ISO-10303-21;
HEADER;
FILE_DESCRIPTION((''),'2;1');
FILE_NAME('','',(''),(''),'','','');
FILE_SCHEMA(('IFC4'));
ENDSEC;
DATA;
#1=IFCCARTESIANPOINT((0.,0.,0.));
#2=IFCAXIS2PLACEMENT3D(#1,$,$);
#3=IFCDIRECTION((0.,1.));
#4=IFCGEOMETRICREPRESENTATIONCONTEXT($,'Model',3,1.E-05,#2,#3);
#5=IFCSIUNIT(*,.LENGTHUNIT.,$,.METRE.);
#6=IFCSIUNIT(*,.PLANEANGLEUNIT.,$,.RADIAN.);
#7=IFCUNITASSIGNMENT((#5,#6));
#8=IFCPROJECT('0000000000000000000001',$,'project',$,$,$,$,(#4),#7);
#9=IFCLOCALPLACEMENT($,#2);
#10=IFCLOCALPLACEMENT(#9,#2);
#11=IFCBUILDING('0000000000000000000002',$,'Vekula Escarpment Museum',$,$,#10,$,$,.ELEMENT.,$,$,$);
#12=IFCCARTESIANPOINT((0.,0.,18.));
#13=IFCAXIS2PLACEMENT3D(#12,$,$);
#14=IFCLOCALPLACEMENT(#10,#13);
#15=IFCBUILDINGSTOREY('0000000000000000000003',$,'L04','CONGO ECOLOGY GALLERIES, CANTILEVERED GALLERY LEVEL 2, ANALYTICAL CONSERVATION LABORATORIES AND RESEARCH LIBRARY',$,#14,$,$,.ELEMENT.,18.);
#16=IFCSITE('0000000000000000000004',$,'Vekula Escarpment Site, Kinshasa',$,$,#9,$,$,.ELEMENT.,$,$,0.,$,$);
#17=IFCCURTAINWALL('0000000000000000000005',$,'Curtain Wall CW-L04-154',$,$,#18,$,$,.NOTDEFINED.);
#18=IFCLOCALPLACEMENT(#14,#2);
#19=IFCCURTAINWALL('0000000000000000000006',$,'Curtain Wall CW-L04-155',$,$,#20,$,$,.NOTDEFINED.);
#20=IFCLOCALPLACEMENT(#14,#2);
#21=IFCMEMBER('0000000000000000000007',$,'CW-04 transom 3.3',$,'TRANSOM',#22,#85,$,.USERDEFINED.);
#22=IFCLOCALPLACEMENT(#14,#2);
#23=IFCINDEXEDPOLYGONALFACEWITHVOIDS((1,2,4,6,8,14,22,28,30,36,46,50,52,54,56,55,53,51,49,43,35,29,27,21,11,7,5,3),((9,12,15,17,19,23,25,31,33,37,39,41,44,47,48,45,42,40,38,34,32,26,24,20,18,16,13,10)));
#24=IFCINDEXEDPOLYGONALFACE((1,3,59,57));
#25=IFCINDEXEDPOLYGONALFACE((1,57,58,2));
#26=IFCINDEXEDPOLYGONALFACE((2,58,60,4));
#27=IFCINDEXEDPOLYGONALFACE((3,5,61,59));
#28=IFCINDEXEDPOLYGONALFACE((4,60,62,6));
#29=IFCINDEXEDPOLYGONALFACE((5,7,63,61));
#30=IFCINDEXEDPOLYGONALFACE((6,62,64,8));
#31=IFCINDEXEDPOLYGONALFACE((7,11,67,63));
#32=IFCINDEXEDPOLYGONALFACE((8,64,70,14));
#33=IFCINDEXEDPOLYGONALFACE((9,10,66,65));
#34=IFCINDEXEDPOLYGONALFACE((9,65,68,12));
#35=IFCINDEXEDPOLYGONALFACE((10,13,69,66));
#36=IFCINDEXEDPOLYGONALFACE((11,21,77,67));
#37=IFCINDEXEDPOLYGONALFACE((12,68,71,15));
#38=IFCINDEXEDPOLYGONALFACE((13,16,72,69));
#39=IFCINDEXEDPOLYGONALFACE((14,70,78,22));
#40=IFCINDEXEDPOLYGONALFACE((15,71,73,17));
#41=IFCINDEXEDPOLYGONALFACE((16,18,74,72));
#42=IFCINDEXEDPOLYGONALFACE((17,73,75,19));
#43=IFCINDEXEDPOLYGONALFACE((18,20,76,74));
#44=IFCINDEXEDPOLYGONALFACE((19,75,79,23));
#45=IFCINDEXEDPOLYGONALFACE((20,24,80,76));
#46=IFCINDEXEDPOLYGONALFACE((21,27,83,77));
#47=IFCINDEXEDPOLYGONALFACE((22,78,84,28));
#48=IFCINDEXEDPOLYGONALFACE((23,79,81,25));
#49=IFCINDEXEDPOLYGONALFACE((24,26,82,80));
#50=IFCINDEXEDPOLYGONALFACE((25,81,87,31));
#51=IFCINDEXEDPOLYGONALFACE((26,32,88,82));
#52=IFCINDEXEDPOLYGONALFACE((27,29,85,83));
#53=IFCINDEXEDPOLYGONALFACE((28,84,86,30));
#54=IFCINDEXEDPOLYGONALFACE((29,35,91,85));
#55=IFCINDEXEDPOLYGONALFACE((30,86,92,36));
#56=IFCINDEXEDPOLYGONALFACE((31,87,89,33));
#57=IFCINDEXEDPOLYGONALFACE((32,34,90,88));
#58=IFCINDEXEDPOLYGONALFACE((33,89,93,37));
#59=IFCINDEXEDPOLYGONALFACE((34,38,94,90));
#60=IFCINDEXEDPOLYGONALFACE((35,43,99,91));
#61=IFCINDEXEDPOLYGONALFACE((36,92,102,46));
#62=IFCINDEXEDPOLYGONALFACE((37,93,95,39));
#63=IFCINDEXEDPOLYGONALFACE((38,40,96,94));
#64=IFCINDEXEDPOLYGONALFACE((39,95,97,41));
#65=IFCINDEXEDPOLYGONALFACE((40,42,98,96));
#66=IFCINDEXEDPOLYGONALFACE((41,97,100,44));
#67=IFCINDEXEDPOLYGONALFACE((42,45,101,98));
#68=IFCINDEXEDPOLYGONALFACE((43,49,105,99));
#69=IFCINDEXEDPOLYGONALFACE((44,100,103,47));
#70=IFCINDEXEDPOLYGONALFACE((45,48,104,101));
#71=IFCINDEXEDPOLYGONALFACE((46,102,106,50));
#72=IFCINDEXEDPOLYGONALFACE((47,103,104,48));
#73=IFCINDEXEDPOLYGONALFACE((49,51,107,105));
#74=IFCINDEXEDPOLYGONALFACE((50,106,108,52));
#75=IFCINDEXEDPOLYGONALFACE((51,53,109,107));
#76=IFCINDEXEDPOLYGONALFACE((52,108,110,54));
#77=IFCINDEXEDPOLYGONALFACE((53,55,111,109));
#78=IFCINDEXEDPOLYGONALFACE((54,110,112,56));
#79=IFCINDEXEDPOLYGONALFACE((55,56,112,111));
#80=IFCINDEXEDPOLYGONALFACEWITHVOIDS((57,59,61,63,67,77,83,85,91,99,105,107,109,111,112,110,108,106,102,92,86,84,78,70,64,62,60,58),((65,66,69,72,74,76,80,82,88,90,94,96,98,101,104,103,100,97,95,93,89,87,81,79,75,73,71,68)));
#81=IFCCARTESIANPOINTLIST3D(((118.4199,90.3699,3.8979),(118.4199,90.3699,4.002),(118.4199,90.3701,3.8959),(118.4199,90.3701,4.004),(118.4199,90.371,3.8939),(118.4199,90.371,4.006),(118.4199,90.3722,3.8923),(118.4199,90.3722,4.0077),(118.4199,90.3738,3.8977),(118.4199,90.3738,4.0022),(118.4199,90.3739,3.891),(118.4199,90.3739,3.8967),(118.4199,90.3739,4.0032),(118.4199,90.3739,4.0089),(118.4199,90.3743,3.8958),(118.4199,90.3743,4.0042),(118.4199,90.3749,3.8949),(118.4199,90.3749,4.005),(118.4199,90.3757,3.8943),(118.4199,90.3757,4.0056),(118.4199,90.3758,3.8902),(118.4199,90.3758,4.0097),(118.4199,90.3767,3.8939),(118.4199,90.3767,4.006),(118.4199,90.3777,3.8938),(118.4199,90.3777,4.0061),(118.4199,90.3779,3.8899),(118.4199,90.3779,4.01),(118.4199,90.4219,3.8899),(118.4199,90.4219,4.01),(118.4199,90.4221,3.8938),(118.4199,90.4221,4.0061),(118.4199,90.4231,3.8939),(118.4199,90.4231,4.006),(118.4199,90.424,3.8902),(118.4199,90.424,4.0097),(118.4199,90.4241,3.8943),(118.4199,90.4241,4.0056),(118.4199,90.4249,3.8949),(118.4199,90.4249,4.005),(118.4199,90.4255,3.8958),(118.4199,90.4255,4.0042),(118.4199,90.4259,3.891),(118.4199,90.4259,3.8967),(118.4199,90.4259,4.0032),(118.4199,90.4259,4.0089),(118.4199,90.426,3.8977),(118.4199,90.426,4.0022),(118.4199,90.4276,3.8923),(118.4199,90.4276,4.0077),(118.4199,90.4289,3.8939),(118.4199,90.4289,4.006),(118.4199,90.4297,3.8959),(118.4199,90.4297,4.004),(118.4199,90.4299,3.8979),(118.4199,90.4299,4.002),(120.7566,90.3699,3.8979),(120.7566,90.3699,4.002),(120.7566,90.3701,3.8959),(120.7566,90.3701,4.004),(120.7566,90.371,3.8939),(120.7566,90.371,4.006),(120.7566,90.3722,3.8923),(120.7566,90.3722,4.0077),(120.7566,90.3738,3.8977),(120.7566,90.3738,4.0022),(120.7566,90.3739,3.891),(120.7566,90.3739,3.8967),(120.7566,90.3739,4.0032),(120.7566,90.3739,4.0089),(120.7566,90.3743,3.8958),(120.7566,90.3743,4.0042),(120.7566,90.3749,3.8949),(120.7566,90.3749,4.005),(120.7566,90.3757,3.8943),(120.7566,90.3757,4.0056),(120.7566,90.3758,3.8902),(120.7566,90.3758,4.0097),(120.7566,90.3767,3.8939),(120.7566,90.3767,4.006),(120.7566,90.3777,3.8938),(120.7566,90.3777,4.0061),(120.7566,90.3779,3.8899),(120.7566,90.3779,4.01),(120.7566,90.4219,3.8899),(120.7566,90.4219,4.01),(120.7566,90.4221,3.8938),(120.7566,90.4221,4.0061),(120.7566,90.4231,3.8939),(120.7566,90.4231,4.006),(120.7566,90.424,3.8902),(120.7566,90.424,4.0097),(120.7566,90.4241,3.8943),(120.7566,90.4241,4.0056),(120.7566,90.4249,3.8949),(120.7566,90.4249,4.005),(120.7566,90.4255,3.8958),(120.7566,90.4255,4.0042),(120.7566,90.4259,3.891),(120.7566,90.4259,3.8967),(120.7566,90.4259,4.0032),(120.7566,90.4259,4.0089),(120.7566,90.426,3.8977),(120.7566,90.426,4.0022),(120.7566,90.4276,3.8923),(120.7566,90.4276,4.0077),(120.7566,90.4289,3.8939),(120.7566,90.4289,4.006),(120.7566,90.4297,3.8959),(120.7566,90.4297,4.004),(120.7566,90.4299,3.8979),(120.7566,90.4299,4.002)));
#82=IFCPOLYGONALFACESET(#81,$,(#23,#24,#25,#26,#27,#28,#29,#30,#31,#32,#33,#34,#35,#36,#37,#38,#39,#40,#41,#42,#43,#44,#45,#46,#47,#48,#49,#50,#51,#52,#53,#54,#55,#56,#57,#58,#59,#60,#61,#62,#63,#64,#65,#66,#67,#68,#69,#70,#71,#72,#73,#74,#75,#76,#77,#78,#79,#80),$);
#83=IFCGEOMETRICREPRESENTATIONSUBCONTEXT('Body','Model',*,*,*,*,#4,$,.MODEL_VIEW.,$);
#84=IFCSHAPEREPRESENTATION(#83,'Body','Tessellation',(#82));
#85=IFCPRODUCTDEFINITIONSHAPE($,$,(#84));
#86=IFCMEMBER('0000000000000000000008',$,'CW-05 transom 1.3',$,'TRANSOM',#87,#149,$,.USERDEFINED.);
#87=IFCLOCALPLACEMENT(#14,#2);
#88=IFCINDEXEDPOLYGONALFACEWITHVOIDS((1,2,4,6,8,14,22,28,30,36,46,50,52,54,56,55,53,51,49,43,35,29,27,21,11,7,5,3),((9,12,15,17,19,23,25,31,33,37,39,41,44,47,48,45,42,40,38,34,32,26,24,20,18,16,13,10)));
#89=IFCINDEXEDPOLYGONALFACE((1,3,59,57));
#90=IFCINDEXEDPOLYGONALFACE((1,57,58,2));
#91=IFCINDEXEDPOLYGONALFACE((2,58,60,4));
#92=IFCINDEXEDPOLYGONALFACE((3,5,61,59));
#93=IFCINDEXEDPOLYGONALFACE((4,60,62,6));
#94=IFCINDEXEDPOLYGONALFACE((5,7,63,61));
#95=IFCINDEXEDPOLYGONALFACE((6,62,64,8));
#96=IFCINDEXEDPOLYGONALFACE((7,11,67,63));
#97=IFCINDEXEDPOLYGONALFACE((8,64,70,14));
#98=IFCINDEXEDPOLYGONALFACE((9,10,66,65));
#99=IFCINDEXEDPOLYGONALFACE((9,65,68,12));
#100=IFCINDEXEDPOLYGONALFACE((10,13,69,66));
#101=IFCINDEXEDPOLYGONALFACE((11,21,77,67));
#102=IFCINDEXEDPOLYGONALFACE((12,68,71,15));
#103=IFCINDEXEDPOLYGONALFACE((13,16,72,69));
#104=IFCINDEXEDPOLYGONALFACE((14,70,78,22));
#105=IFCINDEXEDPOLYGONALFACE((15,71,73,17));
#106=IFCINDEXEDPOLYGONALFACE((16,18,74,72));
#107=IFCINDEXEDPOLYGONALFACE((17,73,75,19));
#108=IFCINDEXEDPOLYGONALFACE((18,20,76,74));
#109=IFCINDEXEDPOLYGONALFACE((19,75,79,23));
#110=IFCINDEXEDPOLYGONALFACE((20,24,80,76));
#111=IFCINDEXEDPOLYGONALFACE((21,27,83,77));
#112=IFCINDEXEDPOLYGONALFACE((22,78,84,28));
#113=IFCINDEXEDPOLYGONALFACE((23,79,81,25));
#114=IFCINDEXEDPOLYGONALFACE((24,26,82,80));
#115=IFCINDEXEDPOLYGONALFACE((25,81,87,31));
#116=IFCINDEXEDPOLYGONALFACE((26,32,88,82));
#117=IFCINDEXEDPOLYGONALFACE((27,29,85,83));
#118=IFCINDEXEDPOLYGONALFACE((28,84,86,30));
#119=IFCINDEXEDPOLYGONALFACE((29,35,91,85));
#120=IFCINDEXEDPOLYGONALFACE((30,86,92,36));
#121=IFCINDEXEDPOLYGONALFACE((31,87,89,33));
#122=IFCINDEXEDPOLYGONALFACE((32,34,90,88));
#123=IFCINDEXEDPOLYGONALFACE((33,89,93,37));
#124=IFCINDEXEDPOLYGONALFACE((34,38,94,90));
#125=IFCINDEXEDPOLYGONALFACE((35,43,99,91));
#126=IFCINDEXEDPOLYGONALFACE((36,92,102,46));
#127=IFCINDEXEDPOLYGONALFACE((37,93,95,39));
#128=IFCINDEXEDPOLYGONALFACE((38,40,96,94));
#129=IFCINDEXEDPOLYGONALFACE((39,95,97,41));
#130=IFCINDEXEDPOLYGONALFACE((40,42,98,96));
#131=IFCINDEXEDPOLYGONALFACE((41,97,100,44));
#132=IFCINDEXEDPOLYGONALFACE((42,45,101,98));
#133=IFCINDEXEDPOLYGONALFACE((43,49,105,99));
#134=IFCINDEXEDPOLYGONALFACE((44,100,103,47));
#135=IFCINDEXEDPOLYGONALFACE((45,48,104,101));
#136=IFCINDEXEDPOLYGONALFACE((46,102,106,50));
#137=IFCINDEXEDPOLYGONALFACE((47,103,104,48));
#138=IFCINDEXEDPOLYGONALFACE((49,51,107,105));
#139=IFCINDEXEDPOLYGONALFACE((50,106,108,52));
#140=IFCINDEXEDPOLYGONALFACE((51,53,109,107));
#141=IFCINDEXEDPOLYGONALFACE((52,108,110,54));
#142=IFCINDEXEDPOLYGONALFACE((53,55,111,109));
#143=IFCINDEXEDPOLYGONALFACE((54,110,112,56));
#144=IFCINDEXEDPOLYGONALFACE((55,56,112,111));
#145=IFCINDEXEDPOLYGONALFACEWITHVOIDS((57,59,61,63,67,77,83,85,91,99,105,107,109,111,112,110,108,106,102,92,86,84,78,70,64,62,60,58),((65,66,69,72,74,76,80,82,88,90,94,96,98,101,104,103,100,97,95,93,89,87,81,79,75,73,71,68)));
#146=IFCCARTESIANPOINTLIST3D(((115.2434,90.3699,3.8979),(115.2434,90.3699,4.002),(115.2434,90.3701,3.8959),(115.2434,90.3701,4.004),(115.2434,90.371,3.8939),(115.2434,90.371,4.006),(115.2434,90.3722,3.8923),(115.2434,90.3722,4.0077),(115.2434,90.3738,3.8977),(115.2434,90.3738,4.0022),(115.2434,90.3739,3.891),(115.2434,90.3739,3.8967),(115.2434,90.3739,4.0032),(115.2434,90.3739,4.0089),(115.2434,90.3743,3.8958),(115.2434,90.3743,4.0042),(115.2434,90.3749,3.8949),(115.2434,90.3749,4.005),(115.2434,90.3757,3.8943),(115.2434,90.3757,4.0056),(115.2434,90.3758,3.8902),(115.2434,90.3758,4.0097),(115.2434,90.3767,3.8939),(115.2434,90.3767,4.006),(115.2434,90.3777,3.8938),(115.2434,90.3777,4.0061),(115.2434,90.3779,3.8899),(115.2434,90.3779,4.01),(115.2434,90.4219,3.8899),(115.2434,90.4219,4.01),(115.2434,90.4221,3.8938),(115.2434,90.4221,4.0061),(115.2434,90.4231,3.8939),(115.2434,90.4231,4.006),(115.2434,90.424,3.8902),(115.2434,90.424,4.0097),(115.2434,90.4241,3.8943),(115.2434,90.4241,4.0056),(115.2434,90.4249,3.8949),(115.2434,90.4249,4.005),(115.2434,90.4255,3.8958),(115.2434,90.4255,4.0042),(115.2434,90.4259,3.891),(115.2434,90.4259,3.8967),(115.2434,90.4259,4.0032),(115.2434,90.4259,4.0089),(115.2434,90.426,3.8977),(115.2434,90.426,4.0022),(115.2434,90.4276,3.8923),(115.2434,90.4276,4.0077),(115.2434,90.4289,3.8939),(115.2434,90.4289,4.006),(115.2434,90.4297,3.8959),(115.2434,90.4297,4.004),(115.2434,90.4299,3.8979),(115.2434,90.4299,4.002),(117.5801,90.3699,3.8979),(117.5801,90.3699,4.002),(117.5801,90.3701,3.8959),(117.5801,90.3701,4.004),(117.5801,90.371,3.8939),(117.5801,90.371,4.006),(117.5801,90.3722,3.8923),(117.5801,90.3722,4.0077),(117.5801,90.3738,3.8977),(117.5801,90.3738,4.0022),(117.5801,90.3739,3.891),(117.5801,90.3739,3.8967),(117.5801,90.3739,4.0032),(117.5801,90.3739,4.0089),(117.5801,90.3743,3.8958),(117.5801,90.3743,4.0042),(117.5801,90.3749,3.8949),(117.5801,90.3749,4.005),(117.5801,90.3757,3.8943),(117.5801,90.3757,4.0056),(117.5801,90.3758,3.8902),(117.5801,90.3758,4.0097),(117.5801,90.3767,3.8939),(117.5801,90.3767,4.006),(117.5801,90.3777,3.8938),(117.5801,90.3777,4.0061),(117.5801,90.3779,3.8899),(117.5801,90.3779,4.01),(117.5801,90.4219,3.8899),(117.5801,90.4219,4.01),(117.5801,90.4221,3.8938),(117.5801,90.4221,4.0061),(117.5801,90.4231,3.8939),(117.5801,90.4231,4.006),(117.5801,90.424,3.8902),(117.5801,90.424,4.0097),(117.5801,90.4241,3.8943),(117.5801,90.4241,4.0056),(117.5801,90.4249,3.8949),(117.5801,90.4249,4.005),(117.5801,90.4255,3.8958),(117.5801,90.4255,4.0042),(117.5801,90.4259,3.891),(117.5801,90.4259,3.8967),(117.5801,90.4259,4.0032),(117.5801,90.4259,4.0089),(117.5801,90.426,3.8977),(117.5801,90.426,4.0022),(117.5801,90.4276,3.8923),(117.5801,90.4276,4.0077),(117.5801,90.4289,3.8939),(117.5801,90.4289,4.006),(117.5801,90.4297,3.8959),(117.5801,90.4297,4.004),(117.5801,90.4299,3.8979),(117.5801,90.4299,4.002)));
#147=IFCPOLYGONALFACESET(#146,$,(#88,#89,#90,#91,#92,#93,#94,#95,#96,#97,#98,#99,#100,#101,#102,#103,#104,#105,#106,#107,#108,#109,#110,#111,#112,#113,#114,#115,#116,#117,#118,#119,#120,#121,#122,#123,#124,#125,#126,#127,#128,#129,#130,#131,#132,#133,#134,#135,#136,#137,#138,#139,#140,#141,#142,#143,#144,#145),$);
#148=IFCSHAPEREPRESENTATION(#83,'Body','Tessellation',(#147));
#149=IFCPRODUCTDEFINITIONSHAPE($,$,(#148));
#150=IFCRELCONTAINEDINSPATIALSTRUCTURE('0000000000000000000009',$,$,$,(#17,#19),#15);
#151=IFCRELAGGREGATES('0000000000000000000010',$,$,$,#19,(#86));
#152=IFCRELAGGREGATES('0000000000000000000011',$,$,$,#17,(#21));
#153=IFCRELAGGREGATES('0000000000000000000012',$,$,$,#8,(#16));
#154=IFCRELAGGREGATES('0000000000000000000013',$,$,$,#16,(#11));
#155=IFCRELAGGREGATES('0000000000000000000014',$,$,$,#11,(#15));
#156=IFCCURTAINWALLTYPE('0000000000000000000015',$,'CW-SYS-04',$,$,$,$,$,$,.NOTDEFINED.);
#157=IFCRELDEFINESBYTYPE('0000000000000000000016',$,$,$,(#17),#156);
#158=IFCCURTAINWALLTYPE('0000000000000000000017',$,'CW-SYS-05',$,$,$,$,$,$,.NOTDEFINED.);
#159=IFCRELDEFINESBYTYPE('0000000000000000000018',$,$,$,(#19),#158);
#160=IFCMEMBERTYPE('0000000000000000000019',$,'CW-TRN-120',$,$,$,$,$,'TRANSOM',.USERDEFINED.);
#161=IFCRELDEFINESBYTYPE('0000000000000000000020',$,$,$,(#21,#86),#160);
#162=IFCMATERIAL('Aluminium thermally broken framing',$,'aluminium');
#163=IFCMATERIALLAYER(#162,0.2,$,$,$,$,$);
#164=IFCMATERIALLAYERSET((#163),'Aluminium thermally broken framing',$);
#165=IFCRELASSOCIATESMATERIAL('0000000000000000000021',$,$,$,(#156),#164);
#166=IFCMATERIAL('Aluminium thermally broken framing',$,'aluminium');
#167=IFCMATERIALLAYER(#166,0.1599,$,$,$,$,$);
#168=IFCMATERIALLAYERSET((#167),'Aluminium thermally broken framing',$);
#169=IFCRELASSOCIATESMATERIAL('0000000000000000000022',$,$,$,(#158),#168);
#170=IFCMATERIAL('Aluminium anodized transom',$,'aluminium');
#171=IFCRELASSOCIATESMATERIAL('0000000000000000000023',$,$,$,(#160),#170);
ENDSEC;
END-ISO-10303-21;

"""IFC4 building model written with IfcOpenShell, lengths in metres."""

from ifc_helpers import new_model, si_unit, direction, frame, origin, origin_2d, place, context, subcontext, project, spatial, hollow_rectangle, extrude, material, layer, layer_set, material_profile, profile_set, type_object, element, aggregate, save


model = new_model("IFC4")

# Units and contexts
model_context = context("Model", 3, precision=1e-05, world=origin(), true_north=direction((0.0, 1.0)))
body_context = subcontext(model_context, "Body", "Model", "MODEL_VIEW")
ifc_project = project(units=[si_unit("LENGTHUNIT", "METRE"), si_unit("PLANEANGLEUNIT", "RADIAN")], contexts=[model_context])

# Site, building, storey
site_placement = place(None, origin())
site = spatial("IfcSite", under=ifc_project, at=site_placement, Name="Vekula Escarpment Site, Kinshasa", CompositionType="ELEMENT", RefElevation=0.0)
building_placement = place(site_placement, origin())
building = spatial("IfcBuilding", under=site, at=building_placement, Name="Vekula Escarpment Museum", CompositionType="ELEMENT")
storey_placement = place(building_placement, frame((0.0, 0.0, 18.0)))
storey = spatial("IfcBuildingStorey", under=building, at=storey_placement, Name="L04", Description="CONGO ECOLOGY GALLERIES, CANTILEVERED GALLERY LEVEL 2, ANALYTICAL CONSERVATION LABORATORIES AND RESEARCH LIBRARY", CompositionType="ELEMENT", Elevation=18.0)

# Curtain wall
ifc_material_1 = material(Name="Aluminium thermally broken framing", Category="aluminium")
ifc_layer_1 = layer(ifc_material_1, 0.2)
ifc_layer_set_1 = layer_set([ifc_layer_1], Name="Aluminium thermally broken framing")
curtain_wall_type_1 = type_object("IfcCurtainWallType", Name="CW-SYS-04", PredefinedType="NOTDEFINED", material=ifc_layer_set_1)
curtain_wall_1_placement = place(storey_placement, origin())
curtain_wall_1 = element("IfcCurtainWall", 1, at=curtain_wall_1_placement, inside=storey, type_object=curtain_wall_type_1, Name="Curtain Wall CW-L04-154", PredefinedType="NOTDEFINED")

# Curtain wall
ifc_material_2 = material(Name="Aluminium thermally broken framing", Category="aluminium")
ifc_layer_2 = layer(ifc_material_2, 0.1599)
ifc_layer_set_2 = layer_set([ifc_layer_2], Name="Aluminium thermally broken framing")
curtain_wall_type_2 = type_object("IfcCurtainWallType", Name="CW-SYS-05", PredefinedType="NOTDEFINED", material=ifc_layer_set_2)
curtain_wall_2_placement = place(storey_placement, origin())
curtain_wall_2 = element("IfcCurtainWall", 2, at=curtain_wall_2_placement, inside=storey, type_object=curtain_wall_type_2, Name="Curtain Wall CW-L04-155", PredefinedType="NOTDEFINED")

# Members
ifc_material_3 = material(Name="Aluminium anodized transom", Category="aluminium")
ifc_material_profile_1 = material_profile(ifc_material_3, hollow_rectangle(XDim=0.0601, YDim=0.1201, WallThickness=0.0039, InnerFilletRadius=0.0039, OuterFilletRadius=0.0081, at=origin_2d()), Name="ALU 120x60x4")
ifc_profile_set_1 = profile_set([ifc_material_profile_1], Name="Aluminium anodized transom")
member_type_1 = type_object("IfcMemberType", Name="CW-TRN-120", ElementType="TRANSOM", PredefinedType="USERDEFINED", material=ifc_profile_set_1)
member_1_placement = place(storey_placement, frame((120.7566, 90.3999, 3.95), z_axis=(-1.0, 0.0, 0.0), x_axis=(0.0, -1.0, 0.0)))
member_1 = element("IfcMember", 3, at=member_1_placement, type_object=member_type_1, Name="CW-04 transom 3.3", ObjectType="TRANSOM", PredefinedType="USERDEFINED", context=body_context, shape_type="SweptSolid", body=[
    extrude(hollow_rectangle(XDim=0.0601, YDim=0.1201, WallThickness=0.0039, InnerFilletRadius=0.0039, OuterFilletRadius=0.0081, at=origin_2d()), origin(), (0.0, 0.0, 1.0), 2.3367),
])
member_2_placement = place(storey_placement, frame((117.5801, 90.3999, 3.95), z_axis=(-1.0, 0.0, 0.0), x_axis=(0.0, -1.0, 0.0)))
member_2 = element("IfcMember", 4, at=member_2_placement, type_object=member_type_1, Name="CW-05 transom 1.3", ObjectType="TRANSOM", PredefinedType="USERDEFINED", context=body_context, shape_type="SweptSolid", body=[
    extrude(hollow_rectangle(XDim=0.0601, YDim=0.1201, WallThickness=0.0039, InnerFilletRadius=0.0039, OuterFilletRadius=0.0081, at=origin_2d()), origin(), (0.0, 0.0, 1.0), 2.3367),
])
aggregate(curtain_wall_2, [member_2])

aggregate(curtain_wall_1, [member_1])

save(model, "model.ifc")
